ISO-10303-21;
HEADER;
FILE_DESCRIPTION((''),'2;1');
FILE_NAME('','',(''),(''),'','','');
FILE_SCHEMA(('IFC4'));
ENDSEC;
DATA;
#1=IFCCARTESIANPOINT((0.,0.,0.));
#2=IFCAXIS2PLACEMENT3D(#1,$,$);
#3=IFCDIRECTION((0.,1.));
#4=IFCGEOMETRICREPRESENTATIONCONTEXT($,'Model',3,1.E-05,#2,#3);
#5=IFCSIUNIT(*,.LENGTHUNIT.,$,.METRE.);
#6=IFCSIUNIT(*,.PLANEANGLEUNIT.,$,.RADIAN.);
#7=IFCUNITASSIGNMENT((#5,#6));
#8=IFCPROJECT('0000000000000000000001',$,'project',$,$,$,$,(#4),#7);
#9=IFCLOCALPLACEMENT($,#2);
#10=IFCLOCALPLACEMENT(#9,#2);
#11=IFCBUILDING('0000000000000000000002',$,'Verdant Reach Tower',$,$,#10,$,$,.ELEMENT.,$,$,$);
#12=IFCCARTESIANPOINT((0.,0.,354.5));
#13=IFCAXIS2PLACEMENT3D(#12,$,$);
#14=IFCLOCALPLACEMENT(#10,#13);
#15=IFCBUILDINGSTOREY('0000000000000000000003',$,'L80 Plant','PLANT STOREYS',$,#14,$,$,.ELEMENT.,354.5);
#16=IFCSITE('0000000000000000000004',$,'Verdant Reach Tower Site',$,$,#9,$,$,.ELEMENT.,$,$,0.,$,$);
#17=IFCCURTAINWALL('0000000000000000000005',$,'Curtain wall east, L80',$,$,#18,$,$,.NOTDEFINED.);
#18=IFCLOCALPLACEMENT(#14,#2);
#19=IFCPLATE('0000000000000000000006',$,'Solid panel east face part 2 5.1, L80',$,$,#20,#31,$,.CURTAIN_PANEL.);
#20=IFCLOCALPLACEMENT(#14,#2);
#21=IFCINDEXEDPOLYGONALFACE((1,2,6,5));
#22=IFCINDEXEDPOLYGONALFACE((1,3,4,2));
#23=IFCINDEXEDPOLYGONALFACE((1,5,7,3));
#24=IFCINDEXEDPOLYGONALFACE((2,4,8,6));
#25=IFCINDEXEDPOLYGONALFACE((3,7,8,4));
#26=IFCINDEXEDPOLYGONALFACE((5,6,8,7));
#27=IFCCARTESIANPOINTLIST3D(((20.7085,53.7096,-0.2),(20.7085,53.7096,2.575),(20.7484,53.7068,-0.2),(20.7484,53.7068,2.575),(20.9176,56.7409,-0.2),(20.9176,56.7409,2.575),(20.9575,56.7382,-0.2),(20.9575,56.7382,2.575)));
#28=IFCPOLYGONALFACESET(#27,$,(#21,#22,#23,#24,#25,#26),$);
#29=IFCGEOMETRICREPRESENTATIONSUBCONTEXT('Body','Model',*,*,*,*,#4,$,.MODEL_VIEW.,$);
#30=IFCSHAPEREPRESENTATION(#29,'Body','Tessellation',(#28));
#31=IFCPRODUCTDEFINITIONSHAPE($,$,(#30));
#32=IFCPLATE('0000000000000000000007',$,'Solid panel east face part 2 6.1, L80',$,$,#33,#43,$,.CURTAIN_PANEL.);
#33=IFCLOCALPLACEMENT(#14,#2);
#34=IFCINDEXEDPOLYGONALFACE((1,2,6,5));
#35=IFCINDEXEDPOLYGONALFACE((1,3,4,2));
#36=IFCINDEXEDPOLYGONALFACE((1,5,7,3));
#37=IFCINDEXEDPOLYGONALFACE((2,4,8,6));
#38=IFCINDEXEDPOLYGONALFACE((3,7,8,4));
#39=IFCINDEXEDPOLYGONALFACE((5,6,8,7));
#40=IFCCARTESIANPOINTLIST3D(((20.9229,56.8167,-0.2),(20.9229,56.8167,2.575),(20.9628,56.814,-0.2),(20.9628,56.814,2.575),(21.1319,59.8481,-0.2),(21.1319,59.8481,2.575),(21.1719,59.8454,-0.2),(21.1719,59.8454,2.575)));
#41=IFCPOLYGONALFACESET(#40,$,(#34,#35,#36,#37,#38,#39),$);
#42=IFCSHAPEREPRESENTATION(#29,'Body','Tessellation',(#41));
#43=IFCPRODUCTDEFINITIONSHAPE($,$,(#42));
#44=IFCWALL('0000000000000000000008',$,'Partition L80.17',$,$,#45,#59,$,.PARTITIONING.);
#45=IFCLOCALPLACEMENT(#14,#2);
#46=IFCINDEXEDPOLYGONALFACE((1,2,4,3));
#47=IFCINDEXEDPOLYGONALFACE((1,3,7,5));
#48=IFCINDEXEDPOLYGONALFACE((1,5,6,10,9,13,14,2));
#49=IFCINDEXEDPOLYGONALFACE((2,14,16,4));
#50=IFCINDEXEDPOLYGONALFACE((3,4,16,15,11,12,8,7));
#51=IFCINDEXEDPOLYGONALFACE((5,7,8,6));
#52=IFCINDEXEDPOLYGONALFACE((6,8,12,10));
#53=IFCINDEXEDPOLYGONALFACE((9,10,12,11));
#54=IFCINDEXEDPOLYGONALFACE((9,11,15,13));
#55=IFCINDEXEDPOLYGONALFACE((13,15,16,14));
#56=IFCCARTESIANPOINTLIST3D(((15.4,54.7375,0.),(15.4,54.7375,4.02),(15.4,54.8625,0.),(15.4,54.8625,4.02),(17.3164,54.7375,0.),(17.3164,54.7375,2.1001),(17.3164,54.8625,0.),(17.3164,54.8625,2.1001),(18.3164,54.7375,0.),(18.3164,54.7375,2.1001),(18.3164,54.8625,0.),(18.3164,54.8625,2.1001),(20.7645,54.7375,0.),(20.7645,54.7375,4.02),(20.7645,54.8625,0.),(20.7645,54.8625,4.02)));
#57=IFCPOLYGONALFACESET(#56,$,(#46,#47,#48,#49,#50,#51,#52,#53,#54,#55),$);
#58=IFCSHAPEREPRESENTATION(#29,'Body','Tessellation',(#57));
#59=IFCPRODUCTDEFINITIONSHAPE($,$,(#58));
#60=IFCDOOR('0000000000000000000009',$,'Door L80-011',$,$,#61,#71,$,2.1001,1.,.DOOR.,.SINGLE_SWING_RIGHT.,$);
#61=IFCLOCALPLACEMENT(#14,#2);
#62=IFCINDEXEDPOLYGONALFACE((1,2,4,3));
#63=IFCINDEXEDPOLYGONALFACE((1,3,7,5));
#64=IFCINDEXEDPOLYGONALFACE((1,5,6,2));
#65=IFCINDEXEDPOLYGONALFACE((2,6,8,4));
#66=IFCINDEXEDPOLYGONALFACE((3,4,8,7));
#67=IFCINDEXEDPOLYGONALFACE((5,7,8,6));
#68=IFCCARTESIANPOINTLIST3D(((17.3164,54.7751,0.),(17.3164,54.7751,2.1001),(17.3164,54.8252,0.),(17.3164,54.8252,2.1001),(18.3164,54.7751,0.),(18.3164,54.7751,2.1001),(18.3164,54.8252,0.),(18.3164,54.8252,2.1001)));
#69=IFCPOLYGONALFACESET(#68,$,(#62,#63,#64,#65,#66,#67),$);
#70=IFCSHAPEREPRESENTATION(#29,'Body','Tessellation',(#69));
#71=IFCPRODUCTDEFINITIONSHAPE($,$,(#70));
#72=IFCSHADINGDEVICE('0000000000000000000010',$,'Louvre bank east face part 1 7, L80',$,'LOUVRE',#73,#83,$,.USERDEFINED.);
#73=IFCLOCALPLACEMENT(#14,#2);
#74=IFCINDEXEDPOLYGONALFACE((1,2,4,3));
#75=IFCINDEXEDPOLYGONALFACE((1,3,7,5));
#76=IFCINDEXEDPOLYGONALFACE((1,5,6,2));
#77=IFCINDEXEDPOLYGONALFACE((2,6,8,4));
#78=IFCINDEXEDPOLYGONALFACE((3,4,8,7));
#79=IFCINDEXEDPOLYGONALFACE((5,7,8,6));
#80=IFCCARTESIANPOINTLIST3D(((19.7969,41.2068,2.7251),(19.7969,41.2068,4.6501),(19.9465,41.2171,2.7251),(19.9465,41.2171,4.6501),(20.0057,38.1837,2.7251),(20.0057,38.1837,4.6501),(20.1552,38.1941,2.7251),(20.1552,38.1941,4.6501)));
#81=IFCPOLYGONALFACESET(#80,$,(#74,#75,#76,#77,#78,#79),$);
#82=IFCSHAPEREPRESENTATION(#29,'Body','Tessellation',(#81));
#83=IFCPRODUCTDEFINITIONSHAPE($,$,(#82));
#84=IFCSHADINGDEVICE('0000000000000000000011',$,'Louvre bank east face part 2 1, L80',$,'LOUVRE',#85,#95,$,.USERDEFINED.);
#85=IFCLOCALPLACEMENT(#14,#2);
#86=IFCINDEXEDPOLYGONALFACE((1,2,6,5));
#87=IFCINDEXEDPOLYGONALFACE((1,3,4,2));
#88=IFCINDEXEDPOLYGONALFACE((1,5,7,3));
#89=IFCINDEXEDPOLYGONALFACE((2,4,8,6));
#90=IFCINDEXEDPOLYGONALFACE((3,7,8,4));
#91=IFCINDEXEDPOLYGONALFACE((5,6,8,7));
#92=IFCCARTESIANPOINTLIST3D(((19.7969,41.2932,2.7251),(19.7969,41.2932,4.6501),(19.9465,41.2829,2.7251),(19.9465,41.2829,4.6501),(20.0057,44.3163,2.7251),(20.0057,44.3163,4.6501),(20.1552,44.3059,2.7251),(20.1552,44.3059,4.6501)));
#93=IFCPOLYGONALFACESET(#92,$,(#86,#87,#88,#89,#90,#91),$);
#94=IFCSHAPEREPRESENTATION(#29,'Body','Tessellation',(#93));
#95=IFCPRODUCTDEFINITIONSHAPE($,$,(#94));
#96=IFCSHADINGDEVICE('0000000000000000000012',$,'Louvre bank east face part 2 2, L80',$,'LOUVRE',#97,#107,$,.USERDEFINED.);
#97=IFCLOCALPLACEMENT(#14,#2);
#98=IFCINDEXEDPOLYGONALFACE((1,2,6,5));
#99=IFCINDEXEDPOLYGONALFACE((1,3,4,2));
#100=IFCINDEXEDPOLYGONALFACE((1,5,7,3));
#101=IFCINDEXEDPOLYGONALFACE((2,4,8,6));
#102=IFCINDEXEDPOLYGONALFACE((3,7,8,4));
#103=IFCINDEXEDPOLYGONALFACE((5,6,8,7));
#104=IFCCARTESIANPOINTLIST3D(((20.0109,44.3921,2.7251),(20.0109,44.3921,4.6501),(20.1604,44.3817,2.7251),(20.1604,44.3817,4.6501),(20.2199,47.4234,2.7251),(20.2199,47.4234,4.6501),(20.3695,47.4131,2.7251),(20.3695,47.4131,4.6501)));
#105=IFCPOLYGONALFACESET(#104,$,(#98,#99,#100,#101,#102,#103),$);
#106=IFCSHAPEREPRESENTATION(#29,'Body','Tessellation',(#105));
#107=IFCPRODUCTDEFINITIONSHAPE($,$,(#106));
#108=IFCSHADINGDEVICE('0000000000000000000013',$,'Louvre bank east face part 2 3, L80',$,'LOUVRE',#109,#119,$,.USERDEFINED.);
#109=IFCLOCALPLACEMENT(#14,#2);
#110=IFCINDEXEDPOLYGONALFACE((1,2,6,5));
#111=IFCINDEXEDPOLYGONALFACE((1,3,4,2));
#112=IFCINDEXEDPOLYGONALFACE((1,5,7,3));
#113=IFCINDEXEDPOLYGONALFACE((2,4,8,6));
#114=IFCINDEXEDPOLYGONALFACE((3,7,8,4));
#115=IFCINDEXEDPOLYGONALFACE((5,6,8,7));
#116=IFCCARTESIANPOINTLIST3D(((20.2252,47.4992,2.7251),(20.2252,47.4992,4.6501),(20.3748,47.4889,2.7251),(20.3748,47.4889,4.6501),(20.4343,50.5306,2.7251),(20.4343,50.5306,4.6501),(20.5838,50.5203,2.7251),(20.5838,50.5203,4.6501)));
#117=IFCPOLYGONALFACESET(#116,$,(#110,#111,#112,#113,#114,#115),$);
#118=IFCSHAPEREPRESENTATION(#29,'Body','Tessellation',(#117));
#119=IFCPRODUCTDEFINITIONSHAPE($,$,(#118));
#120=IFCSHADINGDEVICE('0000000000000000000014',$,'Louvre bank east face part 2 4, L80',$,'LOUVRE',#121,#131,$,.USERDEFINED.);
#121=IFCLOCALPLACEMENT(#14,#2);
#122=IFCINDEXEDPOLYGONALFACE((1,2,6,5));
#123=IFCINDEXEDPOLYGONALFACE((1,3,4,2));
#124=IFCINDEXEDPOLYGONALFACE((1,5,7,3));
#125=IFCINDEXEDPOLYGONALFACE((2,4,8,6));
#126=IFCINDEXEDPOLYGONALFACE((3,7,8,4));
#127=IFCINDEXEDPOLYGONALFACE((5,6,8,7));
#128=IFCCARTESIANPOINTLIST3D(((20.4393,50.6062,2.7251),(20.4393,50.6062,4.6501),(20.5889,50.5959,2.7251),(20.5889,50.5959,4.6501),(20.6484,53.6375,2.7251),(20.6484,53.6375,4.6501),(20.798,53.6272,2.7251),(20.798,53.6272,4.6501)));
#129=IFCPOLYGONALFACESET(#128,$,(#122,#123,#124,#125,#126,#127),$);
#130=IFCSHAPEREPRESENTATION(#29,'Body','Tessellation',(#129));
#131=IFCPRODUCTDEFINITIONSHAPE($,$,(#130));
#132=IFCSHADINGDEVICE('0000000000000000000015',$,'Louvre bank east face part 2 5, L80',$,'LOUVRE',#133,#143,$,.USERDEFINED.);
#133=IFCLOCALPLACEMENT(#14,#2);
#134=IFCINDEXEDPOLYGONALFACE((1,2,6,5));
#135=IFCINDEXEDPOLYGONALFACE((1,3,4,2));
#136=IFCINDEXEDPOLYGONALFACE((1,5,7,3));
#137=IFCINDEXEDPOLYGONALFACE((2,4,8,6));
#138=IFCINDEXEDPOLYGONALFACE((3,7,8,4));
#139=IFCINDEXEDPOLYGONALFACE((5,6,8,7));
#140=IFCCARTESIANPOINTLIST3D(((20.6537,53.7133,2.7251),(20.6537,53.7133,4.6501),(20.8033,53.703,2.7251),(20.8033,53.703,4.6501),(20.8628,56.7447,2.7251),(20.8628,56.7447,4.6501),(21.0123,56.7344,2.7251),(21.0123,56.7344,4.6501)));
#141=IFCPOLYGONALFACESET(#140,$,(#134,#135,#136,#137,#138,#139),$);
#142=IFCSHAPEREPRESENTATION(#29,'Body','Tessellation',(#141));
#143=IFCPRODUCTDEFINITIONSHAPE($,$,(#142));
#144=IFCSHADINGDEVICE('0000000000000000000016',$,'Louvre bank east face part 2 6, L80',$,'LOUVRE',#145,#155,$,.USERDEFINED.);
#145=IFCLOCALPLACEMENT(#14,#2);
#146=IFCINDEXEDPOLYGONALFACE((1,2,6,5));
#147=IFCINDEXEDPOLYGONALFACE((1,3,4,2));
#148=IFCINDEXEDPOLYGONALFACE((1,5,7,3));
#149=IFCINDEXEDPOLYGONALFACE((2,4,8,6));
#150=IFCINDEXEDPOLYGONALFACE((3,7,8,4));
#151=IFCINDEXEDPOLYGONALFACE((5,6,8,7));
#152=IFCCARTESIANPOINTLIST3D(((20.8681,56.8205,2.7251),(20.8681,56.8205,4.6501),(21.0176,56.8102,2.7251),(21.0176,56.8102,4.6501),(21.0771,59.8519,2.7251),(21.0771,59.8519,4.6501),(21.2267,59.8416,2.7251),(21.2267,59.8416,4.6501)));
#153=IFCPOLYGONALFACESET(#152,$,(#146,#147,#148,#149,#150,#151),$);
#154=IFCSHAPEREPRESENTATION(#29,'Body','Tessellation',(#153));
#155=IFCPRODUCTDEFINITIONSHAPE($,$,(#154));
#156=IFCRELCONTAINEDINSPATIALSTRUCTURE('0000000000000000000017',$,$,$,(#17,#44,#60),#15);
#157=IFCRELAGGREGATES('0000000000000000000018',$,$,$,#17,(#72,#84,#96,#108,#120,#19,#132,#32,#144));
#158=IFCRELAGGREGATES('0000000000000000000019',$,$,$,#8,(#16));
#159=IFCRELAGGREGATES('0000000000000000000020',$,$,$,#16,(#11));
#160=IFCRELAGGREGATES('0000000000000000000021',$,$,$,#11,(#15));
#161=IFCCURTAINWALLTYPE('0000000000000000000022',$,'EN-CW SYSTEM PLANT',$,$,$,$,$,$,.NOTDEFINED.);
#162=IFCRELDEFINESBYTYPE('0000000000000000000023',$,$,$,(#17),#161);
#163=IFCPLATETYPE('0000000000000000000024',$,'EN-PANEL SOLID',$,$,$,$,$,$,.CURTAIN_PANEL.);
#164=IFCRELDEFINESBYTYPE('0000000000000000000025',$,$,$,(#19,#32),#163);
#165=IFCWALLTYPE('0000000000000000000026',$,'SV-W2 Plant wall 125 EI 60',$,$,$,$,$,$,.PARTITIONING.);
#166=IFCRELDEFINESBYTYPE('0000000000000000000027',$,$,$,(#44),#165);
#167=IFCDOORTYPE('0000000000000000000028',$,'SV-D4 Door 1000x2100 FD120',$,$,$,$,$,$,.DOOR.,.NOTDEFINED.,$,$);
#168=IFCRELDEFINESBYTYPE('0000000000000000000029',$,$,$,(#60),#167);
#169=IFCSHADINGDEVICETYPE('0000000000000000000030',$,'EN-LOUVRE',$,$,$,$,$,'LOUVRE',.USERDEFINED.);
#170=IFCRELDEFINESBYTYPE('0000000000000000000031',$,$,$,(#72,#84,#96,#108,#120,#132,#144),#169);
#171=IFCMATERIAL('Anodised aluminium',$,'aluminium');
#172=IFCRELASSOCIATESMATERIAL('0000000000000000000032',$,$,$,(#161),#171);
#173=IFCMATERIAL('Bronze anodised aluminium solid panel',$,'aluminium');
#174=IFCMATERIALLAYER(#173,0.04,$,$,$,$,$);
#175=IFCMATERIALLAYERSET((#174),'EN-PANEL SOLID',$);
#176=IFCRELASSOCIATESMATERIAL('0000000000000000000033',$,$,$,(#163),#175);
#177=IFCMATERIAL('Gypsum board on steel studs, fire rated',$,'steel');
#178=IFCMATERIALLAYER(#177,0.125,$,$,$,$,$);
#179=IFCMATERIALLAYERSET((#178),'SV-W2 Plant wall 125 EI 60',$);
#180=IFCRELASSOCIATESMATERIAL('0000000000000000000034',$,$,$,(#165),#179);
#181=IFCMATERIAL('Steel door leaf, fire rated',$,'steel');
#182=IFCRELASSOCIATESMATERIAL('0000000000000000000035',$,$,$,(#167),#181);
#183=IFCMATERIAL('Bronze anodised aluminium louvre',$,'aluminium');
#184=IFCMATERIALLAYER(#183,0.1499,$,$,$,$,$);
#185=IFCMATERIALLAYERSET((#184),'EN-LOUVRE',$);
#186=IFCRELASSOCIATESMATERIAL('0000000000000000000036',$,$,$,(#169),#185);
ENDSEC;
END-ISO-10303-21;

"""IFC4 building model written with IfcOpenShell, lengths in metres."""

from ifc_helpers import new_model, si_unit, direction, frame, frame_2d, origin, origin_2d, place, context, subcontext, project, spatial, rectangle, extrude, material, layer, layer_set, type_object, element, fill, aggregate, save


model = new_model("IFC4")

# Units and contexts
model_context = context("Model", 3, precision=1e-05, world=origin(), true_north=direction((0.0, 1.0)))
body_context = subcontext(model_context, "Body", "Model", "MODEL_VIEW")
ifc_project = project(units=[si_unit("LENGTHUNIT", "METRE"), si_unit("PLANEANGLEUNIT", "RADIAN")], contexts=[model_context])

# Site, building, storey
site_placement = place(None, origin())
site = spatial("IfcSite", under=ifc_project, at=site_placement, Name="Verdant Reach Tower Site", CompositionType="ELEMENT", RefElevation=0.0)
building_placement = place(site_placement, origin())
building = spatial("IfcBuilding", under=site, at=building_placement, Name="Verdant Reach Tower", CompositionType="ELEMENT")
storey_placement = place(building_placement, frame((0.0, 0.0, 354.5)))
storey = spatial("IfcBuildingStorey", under=building, at=storey_placement, Name="L80 Plant", Description="PLANT STOREYS", CompositionType="ELEMENT", Elevation=354.5)

# Curtain wall, plates
ifc_material_1 = material(Name="Anodised aluminium", Category="aluminium")
curtain_wall_type = type_object("IfcCurtainWallType", Name="EN-CW SYSTEM PLANT", PredefinedType="NOTDEFINED", material=ifc_material_1)
curtain_wall_placement = place(storey_placement, origin())
curtain_wall = element("IfcCurtainWall", 1, at=curtain_wall_placement, inside=storey, type_object=curtain_wall_type, Name="Curtain wall east, L80", PredefinedType="NOTDEFINED")
ifc_material_2 = material(Name="Bronze anodised aluminium solid panel", Category="aluminium")
ifc_layer_1 = layer(ifc_material_2, 0.04)
ifc_layer_set_1 = layer_set([ifc_layer_1], Name="EN-PANEL SOLID")
plate_type = type_object("IfcPlateType", Name="EN-PANEL SOLID", PredefinedType="CURTAIN_PANEL", material=ifc_layer_set_1)
plate_1_placement = place(storey_placement, frame((20.833, 55.2239, -0.2), z_axis=(0.0, 0.0, 1.0), x_axis=(0.068802, 0.99763, 0.0)))
plate_1 = element("IfcPlate", 2, at=plate_1_placement, type_object=plate_type, Name="Solid panel east face part 2 5.1, L80", PredefinedType="CURTAIN_PANEL", context=body_context, shape_type="SweptSolid", body=[
    extrude(rectangle(XDim=3.0386, YDim=0.04, at=origin_2d()), origin(), (0.0, 0.0, 1.0), 2.7749),
])
plate_2_placement = place(storey_placement, frame((21.0474, 58.3311, -0.2), z_axis=(0.0, 0.0, 1.0), x_axis=(0.068802, 0.99763, 0.0)))
plate_2 = element("IfcPlate", 3, at=plate_2_placement, type_object=plate_type, Name="Solid panel east face part 2 6.1, L80", PredefinedType="CURTAIN_PANEL", context=body_context, shape_type="SweptSolid", body=[
    extrude(rectangle(XDim=3.0386, YDim=0.04, at=origin_2d()), origin(), (0.0, 0.0, 1.0), 2.7749),
])

# Wall, opening, door
ifc_material_3 = material(Name="Gypsum board on steel studs, fire rated", Category="steel")
ifc_layer_2 = layer(ifc_material_3, 0.125)
ifc_layer_set_2 = layer_set([ifc_layer_2], Name="SV-W2 Plant wall 125 EI 60")
wall_type = type_object("IfcWallType", Name="SV-W2 Plant wall 125 EI 60", PredefinedType="PARTITIONING", material=ifc_layer_set_2)
wall_1_placement = place(storey_placement, frame((20.7644, 54.8, 0.0), z_axis=(0.0, 0.0, 1.0), x_axis=(-1.0, 0.0, 0.0)))
wall_1 = element("IfcWall", 4, at=wall_1_placement, inside=storey, type_object=wall_type, Name="Partition L80.17", PredefinedType="PARTITIONING", context=body_context, shape_type="SweptSolid", body=[
    extrude(rectangle(XDim=5.3645, YDim=0.125, at=frame_2d((2.6821, 0.0))), origin(), (0.0, 0.0, 1.0), 4.02),
])
opening_1_placement = place(wall_1_placement, frame((2.448, 0.0, 0.0)))
opening_1 = element("IfcOpeningElement", 5, at=opening_1_placement, cuts=wall_1, PredefinedType="OPENING", context=body_context, shape_type="SweptSolid", body=[
    extrude(rectangle(XDim=1.0, YDim=2.1001, at=frame_2d((0.5, 1.05))), frame((0.0, 0.0725, 0.0), z_axis=(0.0, -1.0, 0.0), x_axis=(1.0, 0.0, 0.0)), (0.0, 0.0, 1.0), 0.145),
])
ifc_material_4 = material(Name="Steel door leaf, fire rated", Category="steel")
door_type_1 = type_object("IfcDoorType", Name="SV-D4 Door 1000x2100 FD120", OperationType="NOTDEFINED", PredefinedType="DOOR", material=ifc_material_4)
door_1_placement = place(opening_1_placement, origin())
door_1 = element("IfcDoor", 6, at=door_1_placement, inside=storey, type_object=door_type_1, Name="Door L80-011", OperationType="SINGLE_SWING_RIGHT", OverallHeight=2.1001, OverallWidth=1.0, PredefinedType="DOOR", context=body_context, shape_type="SweptSolid", body=[
    extrude(rectangle(XDim=1.0, YDim=2.1001, at=frame_2d((0.5, 1.05))), frame((0.0, 0.0249, 0.0), z_axis=(0.0, -1.0, 0.0), x_axis=(1.0, 0.0, 0.0)), (0.0, 0.0, 1.0), 0.05),
])
fill(opening_1, door_1)

# Shading devices
ifc_material_5 = material(Name="Bronze anodised aluminium louvre", Category="aluminium")
ifc_layer_3 = layer(ifc_material_5, 0.1499)
ifc_layer_set_3 = layer_set([ifc_layer_3], Name="EN-LOUVRE")
shading_device_type = type_object("IfcShadingDeviceType", Name="EN-LOUVRE", ElementType="LOUVRE", PredefinedType="USERDEFINED", material=ifc_layer_set_3)
shading_device_1_placement = place(storey_placement, frame((19.9761, 39.7004, 2.7251), z_axis=(0.0, 0.0, 1.0), x_axis=(-0.068893, 0.997624, 0.0)))
shading_device_1 = element("IfcShadingDevice", 7, at=shading_device_1_placement, type_object=shading_device_type, Name="Louvre bank east face part 1 7, L80", ObjectType="LOUVRE", PredefinedType="USERDEFINED", context=body_context, shape_type="SweptSolid", body=[
    extrude(rectangle(XDim=3.0303, YDim=0.1499, at=origin_2d()), origin(), (0.0, 0.0, 1.0), 1.925),
])
shading_device_2_placement = place(storey_placement, frame((19.9761, 42.7996, 2.7251), z_axis=(0.0, 0.0, 1.0), x_axis=(0.068893, 0.997624, 0.0)))
shading_device_2 = element("IfcShadingDevice", 8, at=shading_device_2_placement, type_object=shading_device_type, Name="Louvre bank east face part 2 1, L80", ObjectType="LOUVRE", PredefinedType="USERDEFINED", context=body_context, shape_type="SweptSolid", body=[
    extrude(rectangle(XDim=3.0303, YDim=0.1499, at=origin_2d()), origin(), (0.0, 0.0, 1.0), 1.925),
])
shading_device_3_placement = place(storey_placement, frame((20.1902, 45.9026, 2.7251), z_axis=(0.0, 0.0, 1.0), x_axis=(0.068802, 0.99763, 0.0)))
shading_device_3 = element("IfcShadingDevice", 9, at=shading_device_3_placement, type_object=shading_device_type, Name="Louvre bank east face part 2 2, L80", ObjectType="LOUVRE", PredefinedType="USERDEFINED", context=body_context, shape_type="SweptSolid", body=[
    extrude(rectangle(XDim=3.0386, YDim=0.1499, at=origin_2d()), origin(), (0.0, 0.0, 1.0), 1.925),
])
shading_device_4_placement = place(storey_placement, frame((20.4045, 49.0098, 2.7251), z_axis=(0.0, 0.0, 1.0), x_axis=(0.068802, 0.99763, 0.0)))
shading_device_4 = element("IfcShadingDevice", 10, at=shading_device_4_placement, type_object=shading_device_type, Name="Louvre bank east face part 2 3, L80", ObjectType="LOUVRE", PredefinedType="USERDEFINED", context=body_context, shape_type="SweptSolid", body=[
    extrude(rectangle(XDim=3.0386, YDim=0.1499, at=origin_2d()), origin(), (0.0, 0.0, 1.0), 1.925),
])
shading_device_5_placement = place(storey_placement, frame((20.6187, 52.1167, 2.7251), z_axis=(0.0, 0.0, 1.0), x_axis=(0.068802, 0.99763, 0.0)))
shading_device_5 = element("IfcShadingDevice", 11, at=shading_device_5_placement, type_object=shading_device_type, Name="Louvre bank east face part 2 4, L80", ObjectType="LOUVRE", PredefinedType="USERDEFINED", context=body_context, shape_type="SweptSolid", body=[
    extrude(rectangle(XDim=3.0386, YDim=0.1499, at=origin_2d()), origin(), (0.0, 0.0, 1.0), 1.925),
])
shading_device_6_placement = place(storey_placement, frame((20.833, 55.2239, 2.7251), z_axis=(0.0, 0.0, 1.0), x_axis=(0.068802, 0.99763, 0.0)))
shading_device_6 = element("IfcShadingDevice", 12, at=shading_device_6_placement, type_object=shading_device_type, Name="Louvre bank east face part 2 5, L80", ObjectType="LOUVRE", PredefinedType="USERDEFINED", context=body_context, shape_type="SweptSolid", body=[
    extrude(rectangle(XDim=3.0386, YDim=0.1499, at=origin_2d()), origin(), (0.0, 0.0, 1.0), 1.925),
])
shading_device_7_placement = place(storey_placement, frame((21.0474, 58.3311, 2.7251), z_axis=(0.0, 0.0, 1.0), x_axis=(0.068802, 0.99763, 0.0)))
shading_device_7 = element("IfcShadingDevice", 13, at=shading_device_7_placement, type_object=shading_device_type, Name="Louvre bank east face part 2 6, L80", ObjectType="LOUVRE", PredefinedType="USERDEFINED", context=body_context, shape_type="SweptSolid", body=[
    extrude(rectangle(XDim=3.0386, YDim=0.1499, at=origin_2d()), origin(), (0.0, 0.0, 1.0), 1.925),
])
aggregate(curtain_wall, [shading_device_1, shading_device_2, shading_device_3, shading_device_4, shading_device_5, plate_1, shading_device_6, plate_2, shading_device_7])

save(model, "model.ifc")
